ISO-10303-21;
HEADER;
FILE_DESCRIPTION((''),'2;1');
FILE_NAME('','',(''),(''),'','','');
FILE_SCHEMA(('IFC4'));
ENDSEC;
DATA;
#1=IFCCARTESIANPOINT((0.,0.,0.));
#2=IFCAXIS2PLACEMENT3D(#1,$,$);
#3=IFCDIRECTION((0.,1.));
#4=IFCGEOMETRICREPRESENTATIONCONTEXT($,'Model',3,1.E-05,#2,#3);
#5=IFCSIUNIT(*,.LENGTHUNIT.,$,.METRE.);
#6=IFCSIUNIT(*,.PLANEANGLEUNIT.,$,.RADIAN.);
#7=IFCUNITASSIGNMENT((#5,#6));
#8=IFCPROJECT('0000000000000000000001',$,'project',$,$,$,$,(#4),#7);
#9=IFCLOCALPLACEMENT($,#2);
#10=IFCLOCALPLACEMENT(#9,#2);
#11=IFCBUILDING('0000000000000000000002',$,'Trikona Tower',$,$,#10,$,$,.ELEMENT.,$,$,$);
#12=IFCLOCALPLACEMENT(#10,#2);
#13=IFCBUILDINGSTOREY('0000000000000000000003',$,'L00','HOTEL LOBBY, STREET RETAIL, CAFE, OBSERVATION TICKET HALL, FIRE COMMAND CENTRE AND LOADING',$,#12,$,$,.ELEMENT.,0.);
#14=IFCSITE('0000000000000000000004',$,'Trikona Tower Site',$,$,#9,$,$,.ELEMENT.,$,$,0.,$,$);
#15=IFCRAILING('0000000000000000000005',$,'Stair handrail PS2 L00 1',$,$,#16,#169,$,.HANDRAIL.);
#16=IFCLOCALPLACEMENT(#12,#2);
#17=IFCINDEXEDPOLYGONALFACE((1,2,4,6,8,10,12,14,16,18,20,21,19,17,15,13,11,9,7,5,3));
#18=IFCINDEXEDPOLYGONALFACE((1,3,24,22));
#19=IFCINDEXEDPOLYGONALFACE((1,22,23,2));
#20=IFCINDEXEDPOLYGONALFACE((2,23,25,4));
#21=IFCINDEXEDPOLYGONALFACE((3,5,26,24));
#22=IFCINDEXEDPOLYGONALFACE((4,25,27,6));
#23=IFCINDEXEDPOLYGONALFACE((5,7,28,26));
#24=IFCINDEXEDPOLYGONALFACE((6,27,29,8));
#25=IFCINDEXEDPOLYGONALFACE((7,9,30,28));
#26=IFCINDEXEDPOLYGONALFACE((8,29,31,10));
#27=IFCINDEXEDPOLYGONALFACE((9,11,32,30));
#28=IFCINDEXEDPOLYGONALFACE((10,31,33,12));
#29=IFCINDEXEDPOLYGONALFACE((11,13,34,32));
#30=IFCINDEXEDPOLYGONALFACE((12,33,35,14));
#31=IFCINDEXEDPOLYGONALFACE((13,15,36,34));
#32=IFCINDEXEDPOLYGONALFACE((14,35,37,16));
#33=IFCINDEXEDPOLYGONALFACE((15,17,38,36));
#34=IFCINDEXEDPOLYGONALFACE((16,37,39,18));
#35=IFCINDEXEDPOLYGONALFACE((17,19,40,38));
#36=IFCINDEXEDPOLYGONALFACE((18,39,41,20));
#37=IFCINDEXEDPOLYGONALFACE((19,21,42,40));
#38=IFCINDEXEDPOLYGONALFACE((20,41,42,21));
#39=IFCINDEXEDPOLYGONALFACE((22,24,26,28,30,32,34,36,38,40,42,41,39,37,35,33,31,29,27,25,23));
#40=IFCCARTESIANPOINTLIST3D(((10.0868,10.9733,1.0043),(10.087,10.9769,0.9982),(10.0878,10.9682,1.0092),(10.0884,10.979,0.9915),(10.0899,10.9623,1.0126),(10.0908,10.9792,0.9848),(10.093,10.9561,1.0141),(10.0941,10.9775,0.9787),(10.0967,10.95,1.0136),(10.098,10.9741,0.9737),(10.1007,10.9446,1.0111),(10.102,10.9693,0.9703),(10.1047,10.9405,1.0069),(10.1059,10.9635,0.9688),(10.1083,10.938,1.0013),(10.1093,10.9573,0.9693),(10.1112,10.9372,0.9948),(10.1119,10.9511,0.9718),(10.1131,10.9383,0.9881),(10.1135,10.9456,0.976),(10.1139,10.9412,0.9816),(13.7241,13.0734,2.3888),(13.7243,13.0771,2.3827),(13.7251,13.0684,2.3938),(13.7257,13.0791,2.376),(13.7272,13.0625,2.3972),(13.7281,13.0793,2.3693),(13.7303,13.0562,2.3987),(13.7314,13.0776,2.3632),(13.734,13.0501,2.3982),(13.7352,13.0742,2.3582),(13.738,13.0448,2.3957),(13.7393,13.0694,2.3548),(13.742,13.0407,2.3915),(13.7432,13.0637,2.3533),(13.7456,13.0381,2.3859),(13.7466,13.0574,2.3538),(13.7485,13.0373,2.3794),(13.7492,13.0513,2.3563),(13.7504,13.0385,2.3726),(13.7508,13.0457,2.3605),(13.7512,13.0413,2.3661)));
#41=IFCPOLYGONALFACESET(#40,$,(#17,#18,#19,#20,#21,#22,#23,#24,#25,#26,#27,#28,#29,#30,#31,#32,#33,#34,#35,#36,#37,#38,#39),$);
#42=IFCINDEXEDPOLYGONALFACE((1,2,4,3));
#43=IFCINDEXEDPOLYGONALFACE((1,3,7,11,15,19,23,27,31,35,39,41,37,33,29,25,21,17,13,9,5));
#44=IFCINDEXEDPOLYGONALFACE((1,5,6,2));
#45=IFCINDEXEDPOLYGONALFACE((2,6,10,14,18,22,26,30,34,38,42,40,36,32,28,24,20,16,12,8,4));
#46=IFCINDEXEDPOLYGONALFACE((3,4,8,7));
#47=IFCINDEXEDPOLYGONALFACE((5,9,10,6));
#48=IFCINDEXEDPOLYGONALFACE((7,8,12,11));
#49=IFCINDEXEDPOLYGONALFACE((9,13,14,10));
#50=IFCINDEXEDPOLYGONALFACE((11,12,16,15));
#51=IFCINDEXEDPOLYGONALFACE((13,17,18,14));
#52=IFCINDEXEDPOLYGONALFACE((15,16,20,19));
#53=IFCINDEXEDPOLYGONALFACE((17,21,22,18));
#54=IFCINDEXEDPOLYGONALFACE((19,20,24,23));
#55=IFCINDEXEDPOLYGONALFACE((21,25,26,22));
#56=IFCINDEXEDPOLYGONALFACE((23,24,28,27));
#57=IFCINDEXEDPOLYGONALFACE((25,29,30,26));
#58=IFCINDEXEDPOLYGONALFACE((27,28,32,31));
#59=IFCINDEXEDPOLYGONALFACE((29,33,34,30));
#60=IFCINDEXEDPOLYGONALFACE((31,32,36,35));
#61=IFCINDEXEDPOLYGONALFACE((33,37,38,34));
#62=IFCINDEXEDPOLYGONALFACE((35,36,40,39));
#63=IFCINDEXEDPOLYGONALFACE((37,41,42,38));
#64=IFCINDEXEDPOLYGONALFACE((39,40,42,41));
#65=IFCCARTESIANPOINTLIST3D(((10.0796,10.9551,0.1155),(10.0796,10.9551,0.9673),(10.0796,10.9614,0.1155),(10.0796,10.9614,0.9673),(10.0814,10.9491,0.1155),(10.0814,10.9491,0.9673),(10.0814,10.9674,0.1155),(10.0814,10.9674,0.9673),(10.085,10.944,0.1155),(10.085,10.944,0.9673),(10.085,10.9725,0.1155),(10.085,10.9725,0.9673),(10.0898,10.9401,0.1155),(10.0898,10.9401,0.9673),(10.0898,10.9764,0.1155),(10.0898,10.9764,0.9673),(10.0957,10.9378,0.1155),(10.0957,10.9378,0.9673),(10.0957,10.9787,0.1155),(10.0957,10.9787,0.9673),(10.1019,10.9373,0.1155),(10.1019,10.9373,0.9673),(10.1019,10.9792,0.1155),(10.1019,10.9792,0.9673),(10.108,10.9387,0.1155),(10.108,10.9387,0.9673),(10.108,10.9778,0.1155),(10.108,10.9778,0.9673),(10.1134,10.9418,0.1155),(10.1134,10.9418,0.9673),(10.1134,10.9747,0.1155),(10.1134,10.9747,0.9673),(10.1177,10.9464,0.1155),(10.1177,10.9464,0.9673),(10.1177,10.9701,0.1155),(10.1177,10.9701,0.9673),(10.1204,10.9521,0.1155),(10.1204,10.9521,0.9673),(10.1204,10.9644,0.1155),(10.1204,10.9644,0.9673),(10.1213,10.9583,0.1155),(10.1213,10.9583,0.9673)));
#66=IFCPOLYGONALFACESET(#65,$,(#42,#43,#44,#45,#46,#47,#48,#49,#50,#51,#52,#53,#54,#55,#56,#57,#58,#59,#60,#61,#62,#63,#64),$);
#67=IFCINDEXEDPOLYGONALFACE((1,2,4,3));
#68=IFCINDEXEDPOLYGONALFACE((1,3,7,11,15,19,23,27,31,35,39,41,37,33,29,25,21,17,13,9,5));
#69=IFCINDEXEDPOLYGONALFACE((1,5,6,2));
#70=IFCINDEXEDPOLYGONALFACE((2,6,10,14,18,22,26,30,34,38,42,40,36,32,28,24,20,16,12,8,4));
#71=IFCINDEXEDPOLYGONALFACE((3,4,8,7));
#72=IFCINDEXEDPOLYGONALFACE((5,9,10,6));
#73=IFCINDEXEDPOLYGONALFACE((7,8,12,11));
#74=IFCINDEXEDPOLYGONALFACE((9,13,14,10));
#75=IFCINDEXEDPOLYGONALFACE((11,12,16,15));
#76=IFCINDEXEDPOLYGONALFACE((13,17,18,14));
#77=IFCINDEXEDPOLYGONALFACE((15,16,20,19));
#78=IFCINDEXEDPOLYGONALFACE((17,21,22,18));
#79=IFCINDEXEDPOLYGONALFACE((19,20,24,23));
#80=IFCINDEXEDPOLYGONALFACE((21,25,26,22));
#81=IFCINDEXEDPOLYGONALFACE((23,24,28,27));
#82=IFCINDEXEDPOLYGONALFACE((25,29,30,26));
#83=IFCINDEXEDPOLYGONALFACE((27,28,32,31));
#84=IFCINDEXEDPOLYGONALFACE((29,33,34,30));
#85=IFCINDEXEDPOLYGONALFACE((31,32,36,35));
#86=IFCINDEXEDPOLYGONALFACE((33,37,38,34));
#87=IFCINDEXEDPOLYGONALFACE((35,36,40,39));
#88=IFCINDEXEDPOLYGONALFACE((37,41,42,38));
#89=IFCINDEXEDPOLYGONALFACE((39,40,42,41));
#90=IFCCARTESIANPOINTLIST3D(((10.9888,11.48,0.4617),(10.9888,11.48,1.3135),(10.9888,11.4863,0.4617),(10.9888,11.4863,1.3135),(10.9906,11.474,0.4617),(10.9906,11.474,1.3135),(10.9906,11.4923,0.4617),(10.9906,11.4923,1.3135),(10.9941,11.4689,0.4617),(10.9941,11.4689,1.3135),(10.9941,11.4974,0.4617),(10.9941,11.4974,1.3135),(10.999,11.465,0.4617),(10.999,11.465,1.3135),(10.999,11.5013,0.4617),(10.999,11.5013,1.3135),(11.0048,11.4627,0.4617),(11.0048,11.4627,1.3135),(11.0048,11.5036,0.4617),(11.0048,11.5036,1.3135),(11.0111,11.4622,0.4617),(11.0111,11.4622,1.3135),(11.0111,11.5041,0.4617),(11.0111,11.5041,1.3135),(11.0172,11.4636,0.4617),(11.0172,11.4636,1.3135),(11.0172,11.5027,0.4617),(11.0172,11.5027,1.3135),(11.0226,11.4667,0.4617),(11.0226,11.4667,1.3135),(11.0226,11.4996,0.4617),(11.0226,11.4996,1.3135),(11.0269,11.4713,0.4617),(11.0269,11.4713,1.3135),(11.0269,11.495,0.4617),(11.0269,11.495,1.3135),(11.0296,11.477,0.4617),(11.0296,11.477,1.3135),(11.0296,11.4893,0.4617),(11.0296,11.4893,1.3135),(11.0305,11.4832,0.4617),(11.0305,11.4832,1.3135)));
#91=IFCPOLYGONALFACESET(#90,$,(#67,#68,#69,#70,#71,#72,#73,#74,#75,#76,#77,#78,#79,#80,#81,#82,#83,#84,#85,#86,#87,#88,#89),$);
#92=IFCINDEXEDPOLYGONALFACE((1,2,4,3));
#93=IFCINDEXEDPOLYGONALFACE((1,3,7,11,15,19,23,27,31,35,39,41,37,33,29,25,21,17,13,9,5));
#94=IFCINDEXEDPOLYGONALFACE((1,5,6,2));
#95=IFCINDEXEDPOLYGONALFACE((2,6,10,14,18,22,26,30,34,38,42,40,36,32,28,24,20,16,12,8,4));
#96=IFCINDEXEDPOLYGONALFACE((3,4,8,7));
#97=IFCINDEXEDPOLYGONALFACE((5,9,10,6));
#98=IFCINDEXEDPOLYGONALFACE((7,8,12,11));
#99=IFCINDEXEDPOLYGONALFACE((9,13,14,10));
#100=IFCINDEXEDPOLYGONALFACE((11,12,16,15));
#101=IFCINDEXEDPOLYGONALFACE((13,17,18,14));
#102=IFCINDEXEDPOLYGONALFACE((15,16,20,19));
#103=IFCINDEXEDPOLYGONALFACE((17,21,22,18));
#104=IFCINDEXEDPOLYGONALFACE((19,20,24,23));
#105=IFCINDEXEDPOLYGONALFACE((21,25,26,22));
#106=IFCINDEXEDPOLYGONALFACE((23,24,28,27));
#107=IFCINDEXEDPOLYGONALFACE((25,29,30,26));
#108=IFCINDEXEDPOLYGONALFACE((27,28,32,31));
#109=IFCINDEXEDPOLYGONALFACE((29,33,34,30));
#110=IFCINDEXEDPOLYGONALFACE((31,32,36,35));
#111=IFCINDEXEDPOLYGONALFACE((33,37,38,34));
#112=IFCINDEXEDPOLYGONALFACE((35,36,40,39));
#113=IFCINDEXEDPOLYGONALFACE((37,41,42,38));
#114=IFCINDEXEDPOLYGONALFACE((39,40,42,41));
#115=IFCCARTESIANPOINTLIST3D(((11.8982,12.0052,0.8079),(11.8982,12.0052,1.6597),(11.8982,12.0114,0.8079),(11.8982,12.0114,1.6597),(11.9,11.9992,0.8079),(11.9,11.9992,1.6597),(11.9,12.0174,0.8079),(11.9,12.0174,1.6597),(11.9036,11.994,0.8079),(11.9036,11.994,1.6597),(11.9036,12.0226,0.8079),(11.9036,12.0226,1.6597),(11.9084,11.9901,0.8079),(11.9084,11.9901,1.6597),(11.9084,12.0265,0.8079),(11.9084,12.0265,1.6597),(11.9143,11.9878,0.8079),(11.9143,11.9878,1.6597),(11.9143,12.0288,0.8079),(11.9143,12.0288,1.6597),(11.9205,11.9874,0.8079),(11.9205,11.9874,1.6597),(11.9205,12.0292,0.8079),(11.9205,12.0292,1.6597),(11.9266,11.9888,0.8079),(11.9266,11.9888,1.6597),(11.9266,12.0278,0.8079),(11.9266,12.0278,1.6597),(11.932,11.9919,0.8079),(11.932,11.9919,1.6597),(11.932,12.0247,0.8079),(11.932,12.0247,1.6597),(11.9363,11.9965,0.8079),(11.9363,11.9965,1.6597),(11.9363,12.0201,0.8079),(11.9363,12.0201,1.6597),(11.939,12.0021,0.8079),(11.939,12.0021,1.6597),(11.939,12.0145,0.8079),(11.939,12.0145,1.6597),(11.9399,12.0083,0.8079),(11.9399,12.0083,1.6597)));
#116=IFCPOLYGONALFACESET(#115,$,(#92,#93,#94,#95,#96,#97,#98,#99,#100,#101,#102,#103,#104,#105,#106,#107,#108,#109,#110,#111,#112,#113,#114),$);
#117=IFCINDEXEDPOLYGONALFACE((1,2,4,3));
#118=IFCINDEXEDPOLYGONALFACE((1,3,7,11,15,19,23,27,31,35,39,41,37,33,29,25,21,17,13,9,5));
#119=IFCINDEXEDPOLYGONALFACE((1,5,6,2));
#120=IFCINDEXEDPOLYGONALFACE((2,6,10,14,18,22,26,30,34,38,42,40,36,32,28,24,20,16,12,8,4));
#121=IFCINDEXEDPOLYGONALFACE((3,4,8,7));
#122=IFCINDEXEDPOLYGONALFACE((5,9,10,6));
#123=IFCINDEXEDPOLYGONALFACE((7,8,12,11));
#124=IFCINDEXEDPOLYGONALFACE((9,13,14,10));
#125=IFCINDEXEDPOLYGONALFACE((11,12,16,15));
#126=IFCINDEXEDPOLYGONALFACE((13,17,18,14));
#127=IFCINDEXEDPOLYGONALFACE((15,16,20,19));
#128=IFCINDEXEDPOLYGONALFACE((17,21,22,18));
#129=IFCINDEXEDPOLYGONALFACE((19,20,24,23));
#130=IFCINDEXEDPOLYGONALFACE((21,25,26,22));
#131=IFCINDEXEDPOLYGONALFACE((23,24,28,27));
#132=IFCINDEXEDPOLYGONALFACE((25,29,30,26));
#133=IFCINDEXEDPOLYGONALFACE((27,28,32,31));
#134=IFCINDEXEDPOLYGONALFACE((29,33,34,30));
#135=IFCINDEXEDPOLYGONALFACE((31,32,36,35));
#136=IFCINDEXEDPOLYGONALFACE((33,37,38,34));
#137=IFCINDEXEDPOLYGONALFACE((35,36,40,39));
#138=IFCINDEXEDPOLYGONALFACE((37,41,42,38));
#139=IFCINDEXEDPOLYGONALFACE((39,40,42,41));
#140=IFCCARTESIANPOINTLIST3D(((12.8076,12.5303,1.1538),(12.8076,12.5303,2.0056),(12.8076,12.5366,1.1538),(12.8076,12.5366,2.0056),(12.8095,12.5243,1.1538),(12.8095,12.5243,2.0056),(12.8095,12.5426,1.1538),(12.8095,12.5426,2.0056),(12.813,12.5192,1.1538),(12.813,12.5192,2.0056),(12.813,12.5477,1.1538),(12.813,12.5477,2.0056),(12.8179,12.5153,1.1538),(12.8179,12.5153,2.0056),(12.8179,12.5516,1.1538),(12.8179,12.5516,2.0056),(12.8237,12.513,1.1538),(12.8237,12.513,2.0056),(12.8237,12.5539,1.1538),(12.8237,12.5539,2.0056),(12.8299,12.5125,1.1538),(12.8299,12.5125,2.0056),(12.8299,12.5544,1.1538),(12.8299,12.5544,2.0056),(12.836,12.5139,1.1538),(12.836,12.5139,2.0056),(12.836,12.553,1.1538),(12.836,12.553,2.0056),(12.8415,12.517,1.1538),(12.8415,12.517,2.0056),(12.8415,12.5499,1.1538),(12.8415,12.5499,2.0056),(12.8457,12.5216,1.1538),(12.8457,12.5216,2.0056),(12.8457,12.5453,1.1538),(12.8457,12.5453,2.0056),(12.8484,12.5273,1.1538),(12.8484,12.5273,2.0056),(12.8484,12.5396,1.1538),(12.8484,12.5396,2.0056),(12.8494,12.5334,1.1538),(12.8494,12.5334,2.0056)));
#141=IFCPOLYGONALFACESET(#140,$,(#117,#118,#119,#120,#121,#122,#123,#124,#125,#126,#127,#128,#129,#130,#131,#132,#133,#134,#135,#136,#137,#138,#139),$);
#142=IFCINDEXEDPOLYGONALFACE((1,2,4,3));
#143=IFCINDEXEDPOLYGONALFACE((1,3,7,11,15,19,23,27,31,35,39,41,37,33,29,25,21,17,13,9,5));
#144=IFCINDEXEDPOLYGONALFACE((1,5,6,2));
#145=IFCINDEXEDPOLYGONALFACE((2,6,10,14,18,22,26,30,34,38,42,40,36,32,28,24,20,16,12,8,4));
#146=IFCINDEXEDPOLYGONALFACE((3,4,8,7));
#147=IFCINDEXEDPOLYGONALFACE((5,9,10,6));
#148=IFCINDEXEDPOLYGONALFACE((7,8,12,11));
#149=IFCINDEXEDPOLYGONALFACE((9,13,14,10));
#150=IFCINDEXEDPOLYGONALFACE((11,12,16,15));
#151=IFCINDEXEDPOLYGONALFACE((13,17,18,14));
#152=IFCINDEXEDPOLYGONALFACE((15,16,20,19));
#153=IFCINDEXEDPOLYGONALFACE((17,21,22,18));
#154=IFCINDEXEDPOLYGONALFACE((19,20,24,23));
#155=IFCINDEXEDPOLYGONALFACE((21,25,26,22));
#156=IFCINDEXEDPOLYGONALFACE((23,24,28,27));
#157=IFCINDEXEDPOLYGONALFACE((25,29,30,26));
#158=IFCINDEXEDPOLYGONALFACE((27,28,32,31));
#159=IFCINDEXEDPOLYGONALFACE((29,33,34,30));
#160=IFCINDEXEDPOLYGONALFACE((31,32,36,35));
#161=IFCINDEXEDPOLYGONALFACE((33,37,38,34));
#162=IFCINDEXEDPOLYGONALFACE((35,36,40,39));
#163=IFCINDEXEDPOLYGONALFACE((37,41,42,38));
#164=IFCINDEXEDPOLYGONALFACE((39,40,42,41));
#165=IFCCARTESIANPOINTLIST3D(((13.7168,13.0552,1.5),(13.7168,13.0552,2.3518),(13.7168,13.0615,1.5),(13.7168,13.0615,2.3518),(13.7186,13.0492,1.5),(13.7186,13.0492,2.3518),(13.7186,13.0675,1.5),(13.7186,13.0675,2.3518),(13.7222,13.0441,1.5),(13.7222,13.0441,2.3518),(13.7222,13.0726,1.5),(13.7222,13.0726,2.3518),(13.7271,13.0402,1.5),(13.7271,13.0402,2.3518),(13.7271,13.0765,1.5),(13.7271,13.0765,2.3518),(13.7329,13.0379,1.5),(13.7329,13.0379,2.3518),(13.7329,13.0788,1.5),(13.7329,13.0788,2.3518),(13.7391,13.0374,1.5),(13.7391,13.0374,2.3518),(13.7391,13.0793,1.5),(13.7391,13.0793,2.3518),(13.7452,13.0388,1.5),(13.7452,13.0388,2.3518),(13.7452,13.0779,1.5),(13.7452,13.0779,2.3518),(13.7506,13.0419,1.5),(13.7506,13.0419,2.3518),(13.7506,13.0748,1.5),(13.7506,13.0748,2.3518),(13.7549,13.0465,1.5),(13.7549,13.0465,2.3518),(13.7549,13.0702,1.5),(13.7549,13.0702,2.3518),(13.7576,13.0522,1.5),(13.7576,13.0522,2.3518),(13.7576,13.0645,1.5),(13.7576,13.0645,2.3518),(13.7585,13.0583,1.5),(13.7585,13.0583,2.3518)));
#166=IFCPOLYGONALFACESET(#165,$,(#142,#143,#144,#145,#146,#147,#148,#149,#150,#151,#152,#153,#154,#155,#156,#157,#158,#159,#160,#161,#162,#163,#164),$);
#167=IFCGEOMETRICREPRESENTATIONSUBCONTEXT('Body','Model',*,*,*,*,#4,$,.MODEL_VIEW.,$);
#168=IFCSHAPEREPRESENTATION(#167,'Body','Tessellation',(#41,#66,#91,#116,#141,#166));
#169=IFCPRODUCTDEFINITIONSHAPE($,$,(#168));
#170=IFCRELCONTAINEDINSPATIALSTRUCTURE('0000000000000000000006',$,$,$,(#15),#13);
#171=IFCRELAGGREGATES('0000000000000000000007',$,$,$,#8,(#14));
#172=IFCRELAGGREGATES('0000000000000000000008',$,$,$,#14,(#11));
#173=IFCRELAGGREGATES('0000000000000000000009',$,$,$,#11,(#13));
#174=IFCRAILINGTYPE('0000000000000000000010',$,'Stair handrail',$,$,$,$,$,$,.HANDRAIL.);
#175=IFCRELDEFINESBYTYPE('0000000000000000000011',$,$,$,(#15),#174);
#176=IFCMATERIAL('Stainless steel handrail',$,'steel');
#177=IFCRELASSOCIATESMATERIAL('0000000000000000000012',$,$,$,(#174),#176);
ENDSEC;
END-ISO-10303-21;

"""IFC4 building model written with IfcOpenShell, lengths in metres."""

from ifc_helpers import new_model, si_unit, direction, frame, origin, origin_2d, place, context, subcontext, project, spatial, circle, extrude, material, type_object, element, save


model = new_model("IFC4")

# Units and contexts
model_context = context("Model", 3, precision=1e-05, world=origin(), true_north=direction((0.0, 1.0)))
body_context = subcontext(model_context, "Body", "Model", "MODEL_VIEW")
ifc_project = project(units=[si_unit("LENGTHUNIT", "METRE"), si_unit("PLANEANGLEUNIT", "RADIAN")], contexts=[model_context])

# Site, building, storey
site_placement = place(None, origin())
site = spatial("IfcSite", under=ifc_project, at=site_placement, Name="Trikona Tower Site", CompositionType="ELEMENT", RefElevation=0.0)
building_placement = place(site_placement, origin())
building = spatial("IfcBuilding", under=site, at=building_placement, Name="Trikona Tower", CompositionType="ELEMENT")
storey_placement = place(building_placement, origin())
storey = spatial("IfcBuildingStorey", under=building, at=storey_placement, Name="L00", Description="HOTEL LOBBY, STREET RETAIL, CAFE, OBSERVATION TICKET HALL, FIRE COMMAND CENTRE AND LOADING", CompositionType="ELEMENT", Elevation=0.0)

# Railing
ifc_material_1 = material(Name="Stainless steel handrail", Category="steel")
railing_type = type_object("IfcRailingType", Name="Stair handrail", PredefinedType="HANDRAIL", material=ifc_material_1)
for number, where, name in (
    (1, (10.1003, 10.9583, 0.1155), "Stair handrail PS2 L00 1"),
):
    element("IfcRailing", number, at=place(storey_placement, frame(where)), inside=storey, type_object=railing_type, Name=name, PredefinedType="HANDRAIL", context=body_context, shape_type="SweptSolid", body=[
        extrude(circle(Radius=0.0239, at=origin_2d()), frame((0.0, 0.0, 0.876), z_axis=(0.822473, 0.47489, 0.313078), x_axis=(-0.500028, 0.866009, 0.0)), (0.0, 0.0, 1.0), 4.4224),
        extrude(circle(Radius=0.021, at=origin_2d()), origin(), (0.0, 0.0, 1.0), 0.8518),
        extrude(circle(Radius=0.021, at=origin_2d()), frame((0.9092, 0.5249, 0.3462)), (0.0, 0.0, 1.0), 0.8518),
        extrude(circle(Radius=0.021, at=origin_2d()), frame((1.8186, 1.05, 0.6924)), (0.0, 0.0, 1.0), 0.8518),
        extrude(circle(Radius=0.021, at=origin_2d()), frame((2.728, 1.5752, 1.0383)), (0.0, 0.0, 1.0), 0.8518),
        extrude(circle(Radius=0.021, at=origin_2d()), frame((3.6372, 2.1001, 1.3845)), (0.0, 0.0, 1.0), 0.8518),
    ])

save(model, "model.ifc")
